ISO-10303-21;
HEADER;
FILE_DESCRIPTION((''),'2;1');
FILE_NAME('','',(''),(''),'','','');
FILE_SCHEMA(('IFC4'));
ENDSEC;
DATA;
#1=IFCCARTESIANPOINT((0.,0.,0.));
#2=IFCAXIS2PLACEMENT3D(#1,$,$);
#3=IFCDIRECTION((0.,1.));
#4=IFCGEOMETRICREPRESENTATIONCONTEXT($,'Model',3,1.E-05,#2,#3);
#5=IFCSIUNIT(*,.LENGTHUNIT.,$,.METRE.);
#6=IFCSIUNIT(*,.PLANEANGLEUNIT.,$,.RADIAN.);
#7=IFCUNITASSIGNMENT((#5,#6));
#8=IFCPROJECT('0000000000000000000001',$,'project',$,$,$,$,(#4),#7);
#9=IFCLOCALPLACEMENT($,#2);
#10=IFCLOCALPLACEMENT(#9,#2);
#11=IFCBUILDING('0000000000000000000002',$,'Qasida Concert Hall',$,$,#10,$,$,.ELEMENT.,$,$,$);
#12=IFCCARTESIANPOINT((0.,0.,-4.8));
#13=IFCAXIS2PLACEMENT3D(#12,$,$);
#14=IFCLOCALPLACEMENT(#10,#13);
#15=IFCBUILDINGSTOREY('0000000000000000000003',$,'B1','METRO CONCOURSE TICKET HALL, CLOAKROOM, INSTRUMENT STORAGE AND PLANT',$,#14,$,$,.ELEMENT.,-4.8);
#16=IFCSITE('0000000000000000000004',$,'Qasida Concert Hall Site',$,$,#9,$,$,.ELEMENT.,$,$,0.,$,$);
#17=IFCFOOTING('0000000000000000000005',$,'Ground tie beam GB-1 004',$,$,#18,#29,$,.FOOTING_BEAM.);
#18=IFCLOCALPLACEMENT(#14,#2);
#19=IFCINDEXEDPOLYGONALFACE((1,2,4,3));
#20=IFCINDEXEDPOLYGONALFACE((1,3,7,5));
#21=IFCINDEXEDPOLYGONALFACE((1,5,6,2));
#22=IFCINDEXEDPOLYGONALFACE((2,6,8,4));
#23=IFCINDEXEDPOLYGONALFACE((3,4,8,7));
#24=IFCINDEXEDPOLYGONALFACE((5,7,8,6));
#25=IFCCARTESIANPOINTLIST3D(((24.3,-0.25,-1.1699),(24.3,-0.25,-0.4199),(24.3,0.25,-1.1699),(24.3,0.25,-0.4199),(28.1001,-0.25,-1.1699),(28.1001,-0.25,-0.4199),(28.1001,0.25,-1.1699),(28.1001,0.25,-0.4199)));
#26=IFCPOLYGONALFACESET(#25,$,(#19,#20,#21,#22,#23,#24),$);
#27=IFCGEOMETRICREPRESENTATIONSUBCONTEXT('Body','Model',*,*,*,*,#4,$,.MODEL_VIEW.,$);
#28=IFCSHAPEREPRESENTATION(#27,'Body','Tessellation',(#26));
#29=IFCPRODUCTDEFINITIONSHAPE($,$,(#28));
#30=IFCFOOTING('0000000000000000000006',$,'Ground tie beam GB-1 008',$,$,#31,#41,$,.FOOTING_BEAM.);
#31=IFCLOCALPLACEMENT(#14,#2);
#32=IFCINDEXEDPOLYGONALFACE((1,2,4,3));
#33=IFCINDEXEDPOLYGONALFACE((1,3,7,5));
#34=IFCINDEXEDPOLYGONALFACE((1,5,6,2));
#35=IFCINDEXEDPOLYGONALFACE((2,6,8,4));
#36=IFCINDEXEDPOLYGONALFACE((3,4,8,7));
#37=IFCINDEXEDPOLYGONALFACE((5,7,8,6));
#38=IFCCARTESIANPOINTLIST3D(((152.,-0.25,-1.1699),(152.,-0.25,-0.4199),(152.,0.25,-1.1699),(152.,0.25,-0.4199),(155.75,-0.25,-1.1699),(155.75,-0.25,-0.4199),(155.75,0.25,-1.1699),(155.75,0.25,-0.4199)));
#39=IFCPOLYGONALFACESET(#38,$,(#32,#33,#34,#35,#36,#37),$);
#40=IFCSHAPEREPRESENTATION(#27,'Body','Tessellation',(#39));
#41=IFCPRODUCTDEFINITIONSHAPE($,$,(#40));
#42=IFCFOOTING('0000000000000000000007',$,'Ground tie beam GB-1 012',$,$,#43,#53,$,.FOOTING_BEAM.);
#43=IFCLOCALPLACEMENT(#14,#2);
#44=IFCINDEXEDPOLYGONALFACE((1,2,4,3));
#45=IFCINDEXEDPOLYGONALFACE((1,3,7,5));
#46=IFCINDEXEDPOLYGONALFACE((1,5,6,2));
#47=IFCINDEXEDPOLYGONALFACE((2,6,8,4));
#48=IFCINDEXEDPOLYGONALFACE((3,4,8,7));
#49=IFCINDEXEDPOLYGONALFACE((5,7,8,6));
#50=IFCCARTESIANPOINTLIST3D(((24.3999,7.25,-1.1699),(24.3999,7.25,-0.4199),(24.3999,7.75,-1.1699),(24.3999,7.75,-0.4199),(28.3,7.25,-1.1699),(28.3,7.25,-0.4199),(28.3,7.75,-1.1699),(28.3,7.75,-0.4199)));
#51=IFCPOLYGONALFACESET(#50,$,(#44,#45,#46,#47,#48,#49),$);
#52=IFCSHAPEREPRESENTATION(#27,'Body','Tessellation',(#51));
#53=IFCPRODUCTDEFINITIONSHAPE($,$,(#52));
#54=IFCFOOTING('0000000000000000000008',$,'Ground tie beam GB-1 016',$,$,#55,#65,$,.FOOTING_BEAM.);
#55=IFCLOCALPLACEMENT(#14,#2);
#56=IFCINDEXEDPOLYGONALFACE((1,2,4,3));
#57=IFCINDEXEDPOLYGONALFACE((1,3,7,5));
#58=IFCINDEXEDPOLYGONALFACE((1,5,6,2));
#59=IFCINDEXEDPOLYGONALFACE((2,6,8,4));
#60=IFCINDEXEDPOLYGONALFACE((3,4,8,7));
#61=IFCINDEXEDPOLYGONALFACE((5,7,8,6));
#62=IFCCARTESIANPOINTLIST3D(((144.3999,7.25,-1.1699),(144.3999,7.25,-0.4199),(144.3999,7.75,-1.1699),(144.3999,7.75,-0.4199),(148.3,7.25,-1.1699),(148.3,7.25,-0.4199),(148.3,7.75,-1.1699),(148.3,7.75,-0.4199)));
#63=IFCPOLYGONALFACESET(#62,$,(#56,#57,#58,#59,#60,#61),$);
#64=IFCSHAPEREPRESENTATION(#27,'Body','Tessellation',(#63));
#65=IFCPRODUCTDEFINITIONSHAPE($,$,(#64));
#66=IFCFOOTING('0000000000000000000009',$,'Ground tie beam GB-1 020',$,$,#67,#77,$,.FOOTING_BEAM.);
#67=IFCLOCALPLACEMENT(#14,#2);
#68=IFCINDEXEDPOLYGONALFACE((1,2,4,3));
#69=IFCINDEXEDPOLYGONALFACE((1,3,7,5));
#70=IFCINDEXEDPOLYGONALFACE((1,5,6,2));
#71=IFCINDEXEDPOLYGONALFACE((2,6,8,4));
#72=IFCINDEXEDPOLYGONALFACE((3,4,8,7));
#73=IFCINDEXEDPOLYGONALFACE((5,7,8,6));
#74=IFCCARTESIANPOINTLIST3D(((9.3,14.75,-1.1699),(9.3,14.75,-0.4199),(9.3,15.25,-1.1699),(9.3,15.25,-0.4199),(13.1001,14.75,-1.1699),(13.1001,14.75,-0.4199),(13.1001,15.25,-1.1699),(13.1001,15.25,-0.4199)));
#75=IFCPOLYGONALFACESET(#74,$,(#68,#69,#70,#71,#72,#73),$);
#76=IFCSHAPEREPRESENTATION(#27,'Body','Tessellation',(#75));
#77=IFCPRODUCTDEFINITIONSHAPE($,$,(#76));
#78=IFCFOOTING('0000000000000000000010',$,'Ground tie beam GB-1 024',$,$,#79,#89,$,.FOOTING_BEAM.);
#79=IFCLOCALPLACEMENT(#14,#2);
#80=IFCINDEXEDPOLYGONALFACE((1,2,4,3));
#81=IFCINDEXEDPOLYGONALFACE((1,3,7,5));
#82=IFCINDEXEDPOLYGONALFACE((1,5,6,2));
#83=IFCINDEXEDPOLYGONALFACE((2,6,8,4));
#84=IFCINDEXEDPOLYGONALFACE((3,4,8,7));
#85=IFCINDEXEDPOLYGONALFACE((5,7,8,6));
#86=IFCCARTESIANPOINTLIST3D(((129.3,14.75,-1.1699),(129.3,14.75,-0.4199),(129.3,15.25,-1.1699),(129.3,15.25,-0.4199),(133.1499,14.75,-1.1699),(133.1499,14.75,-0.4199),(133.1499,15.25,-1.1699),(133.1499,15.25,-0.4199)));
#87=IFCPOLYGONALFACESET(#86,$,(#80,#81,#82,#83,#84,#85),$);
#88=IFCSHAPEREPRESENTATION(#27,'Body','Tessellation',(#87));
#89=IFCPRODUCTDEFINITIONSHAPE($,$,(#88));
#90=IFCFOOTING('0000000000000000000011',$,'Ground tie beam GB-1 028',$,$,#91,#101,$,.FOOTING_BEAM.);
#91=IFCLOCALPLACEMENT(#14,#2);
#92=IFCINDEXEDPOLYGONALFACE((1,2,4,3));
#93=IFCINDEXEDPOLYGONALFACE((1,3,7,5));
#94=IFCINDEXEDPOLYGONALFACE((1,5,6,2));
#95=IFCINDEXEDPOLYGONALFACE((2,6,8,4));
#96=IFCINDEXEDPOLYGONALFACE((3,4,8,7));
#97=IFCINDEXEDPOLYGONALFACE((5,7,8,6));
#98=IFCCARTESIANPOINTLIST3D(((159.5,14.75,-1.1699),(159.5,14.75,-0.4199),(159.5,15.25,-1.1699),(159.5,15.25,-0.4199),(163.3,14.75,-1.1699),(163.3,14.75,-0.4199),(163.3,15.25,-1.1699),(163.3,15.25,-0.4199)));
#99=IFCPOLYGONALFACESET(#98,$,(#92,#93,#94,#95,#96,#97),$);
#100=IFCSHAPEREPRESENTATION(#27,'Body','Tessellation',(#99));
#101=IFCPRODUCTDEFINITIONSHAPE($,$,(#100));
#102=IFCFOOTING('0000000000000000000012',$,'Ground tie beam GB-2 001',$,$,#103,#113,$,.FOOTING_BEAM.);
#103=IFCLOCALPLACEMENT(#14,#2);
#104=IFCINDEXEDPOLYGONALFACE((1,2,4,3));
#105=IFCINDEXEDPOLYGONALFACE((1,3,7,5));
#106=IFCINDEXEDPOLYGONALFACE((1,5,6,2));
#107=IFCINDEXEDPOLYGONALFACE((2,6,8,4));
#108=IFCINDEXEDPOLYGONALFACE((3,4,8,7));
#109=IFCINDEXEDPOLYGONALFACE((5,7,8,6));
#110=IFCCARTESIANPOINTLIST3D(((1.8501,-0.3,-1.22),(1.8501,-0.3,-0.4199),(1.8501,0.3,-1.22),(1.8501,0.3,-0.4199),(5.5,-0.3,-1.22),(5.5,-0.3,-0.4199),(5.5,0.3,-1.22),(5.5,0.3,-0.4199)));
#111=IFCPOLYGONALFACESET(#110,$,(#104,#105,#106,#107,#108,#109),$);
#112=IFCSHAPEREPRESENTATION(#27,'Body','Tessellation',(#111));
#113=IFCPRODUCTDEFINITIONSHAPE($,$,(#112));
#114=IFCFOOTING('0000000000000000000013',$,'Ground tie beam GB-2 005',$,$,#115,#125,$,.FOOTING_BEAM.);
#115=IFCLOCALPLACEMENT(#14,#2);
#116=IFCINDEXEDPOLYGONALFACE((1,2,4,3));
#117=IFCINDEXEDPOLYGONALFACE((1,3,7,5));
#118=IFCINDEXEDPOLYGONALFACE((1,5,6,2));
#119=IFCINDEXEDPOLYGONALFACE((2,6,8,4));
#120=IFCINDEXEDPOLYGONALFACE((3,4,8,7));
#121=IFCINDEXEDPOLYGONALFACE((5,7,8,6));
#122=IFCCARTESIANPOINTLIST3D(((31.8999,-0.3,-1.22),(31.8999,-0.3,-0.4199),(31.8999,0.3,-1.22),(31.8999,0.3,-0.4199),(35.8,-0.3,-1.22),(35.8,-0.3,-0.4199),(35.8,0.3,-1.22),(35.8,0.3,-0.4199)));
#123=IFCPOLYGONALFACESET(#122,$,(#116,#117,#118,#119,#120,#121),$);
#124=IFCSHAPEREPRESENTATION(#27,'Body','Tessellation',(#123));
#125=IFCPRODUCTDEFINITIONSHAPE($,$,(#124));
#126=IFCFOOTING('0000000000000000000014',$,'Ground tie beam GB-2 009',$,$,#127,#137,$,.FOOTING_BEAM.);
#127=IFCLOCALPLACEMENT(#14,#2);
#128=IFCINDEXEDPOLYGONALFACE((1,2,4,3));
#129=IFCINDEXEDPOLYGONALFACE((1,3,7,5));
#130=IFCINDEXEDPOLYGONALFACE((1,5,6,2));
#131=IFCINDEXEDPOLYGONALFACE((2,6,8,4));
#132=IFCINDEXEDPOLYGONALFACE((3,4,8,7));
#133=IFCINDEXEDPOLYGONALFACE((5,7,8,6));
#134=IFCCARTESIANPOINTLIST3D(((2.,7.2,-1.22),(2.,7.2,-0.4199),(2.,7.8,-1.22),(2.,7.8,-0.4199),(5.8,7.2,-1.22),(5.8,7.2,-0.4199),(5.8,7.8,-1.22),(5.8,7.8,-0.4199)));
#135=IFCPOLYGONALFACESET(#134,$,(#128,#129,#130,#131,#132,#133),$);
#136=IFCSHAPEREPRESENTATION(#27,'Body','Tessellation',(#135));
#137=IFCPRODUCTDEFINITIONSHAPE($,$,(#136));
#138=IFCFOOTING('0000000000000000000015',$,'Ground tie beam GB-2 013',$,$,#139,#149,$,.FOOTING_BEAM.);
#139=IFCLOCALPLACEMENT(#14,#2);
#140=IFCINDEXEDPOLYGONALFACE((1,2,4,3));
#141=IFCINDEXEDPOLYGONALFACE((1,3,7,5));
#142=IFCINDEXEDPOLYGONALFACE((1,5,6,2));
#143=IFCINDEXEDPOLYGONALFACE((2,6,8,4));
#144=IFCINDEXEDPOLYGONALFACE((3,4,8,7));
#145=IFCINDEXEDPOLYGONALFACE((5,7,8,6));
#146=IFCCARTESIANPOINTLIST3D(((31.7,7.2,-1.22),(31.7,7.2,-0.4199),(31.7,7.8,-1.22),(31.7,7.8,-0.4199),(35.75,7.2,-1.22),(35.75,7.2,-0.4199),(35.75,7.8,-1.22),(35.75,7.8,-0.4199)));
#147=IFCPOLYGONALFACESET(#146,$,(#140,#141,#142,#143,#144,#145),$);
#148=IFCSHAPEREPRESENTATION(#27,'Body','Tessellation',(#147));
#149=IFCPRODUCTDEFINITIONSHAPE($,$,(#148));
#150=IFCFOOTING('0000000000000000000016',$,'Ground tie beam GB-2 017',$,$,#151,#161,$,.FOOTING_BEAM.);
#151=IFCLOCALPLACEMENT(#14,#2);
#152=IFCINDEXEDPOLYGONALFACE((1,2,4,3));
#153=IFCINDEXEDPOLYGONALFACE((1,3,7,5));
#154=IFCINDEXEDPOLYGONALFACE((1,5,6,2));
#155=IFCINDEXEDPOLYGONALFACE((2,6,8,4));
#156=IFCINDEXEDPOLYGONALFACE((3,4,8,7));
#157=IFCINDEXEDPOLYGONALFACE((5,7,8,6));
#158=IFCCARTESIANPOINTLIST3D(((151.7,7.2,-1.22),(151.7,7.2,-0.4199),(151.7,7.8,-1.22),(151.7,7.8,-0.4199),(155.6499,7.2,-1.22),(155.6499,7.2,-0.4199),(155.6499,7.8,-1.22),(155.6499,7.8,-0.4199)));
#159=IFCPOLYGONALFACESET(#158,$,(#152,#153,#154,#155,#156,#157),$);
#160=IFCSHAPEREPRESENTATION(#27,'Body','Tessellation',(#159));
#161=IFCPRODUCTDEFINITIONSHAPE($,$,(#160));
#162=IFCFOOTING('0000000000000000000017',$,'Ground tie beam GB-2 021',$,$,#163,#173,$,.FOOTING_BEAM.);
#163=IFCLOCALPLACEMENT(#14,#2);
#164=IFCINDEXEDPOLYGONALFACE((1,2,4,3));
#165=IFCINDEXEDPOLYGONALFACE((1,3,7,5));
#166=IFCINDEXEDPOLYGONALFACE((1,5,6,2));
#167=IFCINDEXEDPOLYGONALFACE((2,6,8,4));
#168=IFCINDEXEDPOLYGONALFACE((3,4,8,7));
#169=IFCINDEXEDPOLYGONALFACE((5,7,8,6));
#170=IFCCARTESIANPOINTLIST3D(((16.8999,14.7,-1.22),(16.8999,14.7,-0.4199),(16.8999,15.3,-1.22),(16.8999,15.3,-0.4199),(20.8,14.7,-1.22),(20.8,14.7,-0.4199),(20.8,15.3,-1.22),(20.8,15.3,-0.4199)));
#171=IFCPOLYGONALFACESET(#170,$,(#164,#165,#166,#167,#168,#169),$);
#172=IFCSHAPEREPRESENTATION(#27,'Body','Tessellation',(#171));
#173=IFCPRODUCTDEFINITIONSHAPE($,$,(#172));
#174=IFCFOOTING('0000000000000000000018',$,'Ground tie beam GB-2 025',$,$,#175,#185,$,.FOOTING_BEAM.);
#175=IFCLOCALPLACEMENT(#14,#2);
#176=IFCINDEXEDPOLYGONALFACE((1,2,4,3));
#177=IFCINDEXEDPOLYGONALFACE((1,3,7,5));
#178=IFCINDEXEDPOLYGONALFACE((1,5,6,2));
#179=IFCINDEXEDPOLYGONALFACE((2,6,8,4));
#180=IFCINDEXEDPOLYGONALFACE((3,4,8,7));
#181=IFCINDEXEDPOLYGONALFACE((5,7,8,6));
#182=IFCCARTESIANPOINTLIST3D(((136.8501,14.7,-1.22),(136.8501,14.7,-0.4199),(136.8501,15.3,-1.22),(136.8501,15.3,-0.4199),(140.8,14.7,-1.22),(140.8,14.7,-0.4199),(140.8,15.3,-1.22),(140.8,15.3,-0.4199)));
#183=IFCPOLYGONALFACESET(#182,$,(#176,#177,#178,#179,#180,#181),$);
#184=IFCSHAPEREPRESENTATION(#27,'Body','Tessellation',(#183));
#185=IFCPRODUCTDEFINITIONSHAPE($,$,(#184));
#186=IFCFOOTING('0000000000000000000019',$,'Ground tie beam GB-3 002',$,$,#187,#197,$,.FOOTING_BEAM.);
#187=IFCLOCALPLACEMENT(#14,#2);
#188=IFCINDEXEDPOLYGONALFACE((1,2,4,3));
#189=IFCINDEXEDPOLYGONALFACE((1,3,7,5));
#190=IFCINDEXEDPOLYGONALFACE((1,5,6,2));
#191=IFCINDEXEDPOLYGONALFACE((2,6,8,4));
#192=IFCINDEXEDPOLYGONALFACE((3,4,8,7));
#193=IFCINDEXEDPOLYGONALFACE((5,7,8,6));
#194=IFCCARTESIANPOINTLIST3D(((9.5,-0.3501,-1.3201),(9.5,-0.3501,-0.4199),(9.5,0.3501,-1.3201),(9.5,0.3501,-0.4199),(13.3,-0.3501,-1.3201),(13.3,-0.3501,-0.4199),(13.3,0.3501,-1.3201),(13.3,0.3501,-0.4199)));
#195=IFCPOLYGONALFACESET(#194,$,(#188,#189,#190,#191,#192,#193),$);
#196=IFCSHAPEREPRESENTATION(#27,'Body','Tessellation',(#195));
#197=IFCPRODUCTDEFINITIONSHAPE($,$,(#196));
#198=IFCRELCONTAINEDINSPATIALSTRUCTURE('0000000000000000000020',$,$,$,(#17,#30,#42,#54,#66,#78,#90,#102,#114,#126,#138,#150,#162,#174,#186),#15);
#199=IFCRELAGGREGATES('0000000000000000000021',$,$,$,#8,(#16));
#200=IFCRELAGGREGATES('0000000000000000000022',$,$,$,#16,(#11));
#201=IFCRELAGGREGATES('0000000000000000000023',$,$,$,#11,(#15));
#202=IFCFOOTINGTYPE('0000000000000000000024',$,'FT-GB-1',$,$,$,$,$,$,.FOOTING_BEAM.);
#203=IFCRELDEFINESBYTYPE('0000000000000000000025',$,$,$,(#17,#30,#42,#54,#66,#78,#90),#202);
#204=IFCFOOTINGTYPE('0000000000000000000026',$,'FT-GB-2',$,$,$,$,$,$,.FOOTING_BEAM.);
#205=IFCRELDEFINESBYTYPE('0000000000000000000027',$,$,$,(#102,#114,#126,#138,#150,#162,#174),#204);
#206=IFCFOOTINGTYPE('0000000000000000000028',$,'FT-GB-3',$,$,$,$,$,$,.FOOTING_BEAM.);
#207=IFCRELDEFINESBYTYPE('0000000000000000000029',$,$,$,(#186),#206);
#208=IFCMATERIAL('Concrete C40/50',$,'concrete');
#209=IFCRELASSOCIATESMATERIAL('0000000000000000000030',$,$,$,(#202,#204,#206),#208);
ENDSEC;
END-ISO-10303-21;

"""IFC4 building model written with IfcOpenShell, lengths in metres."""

from ifc_helpers import new_model, si_unit, direction, frame, origin, place, context, subcontext, project, spatial, polyline, outline, extrude, material, type_object, element, save


model = new_model("IFC4")

# Units and contexts
model_context = context("Model", 3, precision=1e-05, world=origin(), true_north=direction((0.0, 1.0)))
body_context = subcontext(model_context, "Body", "Model", "MODEL_VIEW")
ifc_project = project(units=[si_unit("LENGTHUNIT", "METRE"), si_unit("PLANEANGLEUNIT", "RADIAN")], contexts=[model_context])

# Site, building, storey
site_placement = place(None, origin())
site = spatial("IfcSite", under=ifc_project, at=site_placement, Name="Qasida Concert Hall Site", CompositionType="ELEMENT", RefElevation=0.0)
building_placement = place(site_placement, origin())
building = spatial("IfcBuilding", under=site, at=building_placement, Name="Qasida Concert Hall", CompositionType="ELEMENT")
storey_placement = place(building_placement, frame((0.0, 0.0, -4.8)))
storey = spatial("IfcBuildingStorey", under=building, at=storey_placement, Name="B1", Description="METRO CONCOURSE TICKET HALL, CLOAKROOM, INSTRUMENT STORAGE AND PLANT", CompositionType="ELEMENT", Elevation=-4.8)

# Footings
ifc_material = material(Name="Concrete C40/50", Category="concrete")
footing_type_1 = type_object("IfcFootingType", Name="FT-GB-1", PredefinedType="FOOTING_BEAM", material=ifc_material)
footing_1_placement = place(storey_placement, frame((0.0, 0.0, -1.1699)))
element("IfcFooting", 1, at=footing_1_placement, inside=storey, type_object=footing_type_1, Name="Ground tie beam GB-1 004", PredefinedType="FOOTING_BEAM", context=body_context, shape_type="SweptSolid", body=[
    extrude(outline(polyline([(24.3, -0.25), (28.1001, -0.25), (28.1001, 0.25), (24.3, 0.25), (24.3, -0.25)])), origin(), (0.0, 0.0, 1.0), 0.75),
])
footing_2_placement = place(storey_placement, frame((0.0, 0.0, -1.1699)))
element("IfcFooting", 2, at=footing_2_placement, inside=storey, type_object=footing_type_1, Name="Ground tie beam GB-1 008", PredefinedType="FOOTING_BEAM", context=body_context, shape_type="SweptSolid", body=[
    extrude(outline(polyline([(152.0, -0.25), (155.75, -0.25), (155.75, 0.25), (152.0, 0.25), (152.0, -0.25)])), origin(), (0.0, 0.0, 1.0), 0.75),
])
footing_3_placement = place(storey_placement, frame((0.0, 0.0, -1.1699)))
element("IfcFooting", 3, at=footing_3_placement, inside=storey, type_object=footing_type_1, Name="Ground tie beam GB-1 012", PredefinedType="FOOTING_BEAM", context=body_context, shape_type="SweptSolid", body=[
    extrude(outline(polyline([(24.3999, 7.25), (28.3, 7.25), (28.3, 7.75), (24.3999, 7.75), (24.3999, 7.25)])), origin(), (0.0, 0.0, 1.0), 0.75),
])
footing_4_placement = place(storey_placement, frame((0.0, 0.0, -1.1699)))
element("IfcFooting", 4, at=footing_4_placement, inside=storey, type_object=footing_type_1, Name="Ground tie beam GB-1 016", PredefinedType="FOOTING_BEAM", context=body_context, shape_type="SweptSolid", body=[
    extrude(outline(polyline([(144.3999, 7.25), (148.3, 7.25), (148.3, 7.75), (144.3999, 7.75), (144.3999, 7.25)])), origin(), (0.0, 0.0, 1.0), 0.75),
])
footing_5_placement = place(storey_placement, frame((0.0, 0.0, -1.1699)))
element("IfcFooting", 5, at=footing_5_placement, inside=storey, type_object=footing_type_1, Name="Ground tie beam GB-1 020", PredefinedType="FOOTING_BEAM", context=body_context, shape_type="SweptSolid", body=[
    extrude(outline(polyline([(9.3, 14.75), (13.1001, 14.75), (13.1001, 15.25), (9.3, 15.25), (9.3, 14.75)])), origin(), (0.0, 0.0, 1.0), 0.75),
])
footing_6_placement = place(storey_placement, frame((0.0, 0.0, -1.1699)))
element("IfcFooting", 6, at=footing_6_placement, inside=storey, type_object=footing_type_1, Name="Ground tie beam GB-1 024", PredefinedType="FOOTING_BEAM", context=body_context, shape_type="SweptSolid", body=[
    extrude(outline(polyline([(129.3, 14.75), (133.1499, 14.75), (133.1499, 15.25), (129.3, 15.25), (129.3, 14.75)])), origin(), (0.0, 0.0, 1.0), 0.75),
])
footing_7_placement = place(storey_placement, frame((0.0, 0.0, -1.1699)))
element("IfcFooting", 7, at=footing_7_placement, inside=storey, type_object=footing_type_1, Name="Ground tie beam GB-1 028", PredefinedType="FOOTING_BEAM", context=body_context, shape_type="SweptSolid", body=[
    extrude(outline(polyline([(159.5, 14.75), (163.3, 14.75), (163.3, 15.25), (159.5, 15.25), (159.5, 14.75)])), origin(), (0.0, 0.0, 1.0), 0.75),
])
footing_type_2 = type_object("IfcFootingType", Name="FT-GB-2", PredefinedType="FOOTING_BEAM", material=ifc_material)
footing_8_placement = place(storey_placement, frame((0.0, 0.0, -1.22)))
element("IfcFooting", 8, at=footing_8_placement, inside=storey, type_object=footing_type_2, Name="Ground tie beam GB-2 001", PredefinedType="FOOTING_BEAM", context=body_context, shape_type="SweptSolid", body=[
    extrude(outline(polyline([(1.8501, -0.3), (5.5, -0.3), (5.5, 0.3), (1.8501, 0.3), (1.8501, -0.3)])), origin(), (0.0, 0.0, 1.0), 0.8),
])
footing_9_placement = place(storey_placement, frame((0.0, 0.0, -1.22)))
element("IfcFooting", 9, at=footing_9_placement, inside=storey, type_object=footing_type_2, Name="Ground tie beam GB-2 005", PredefinedType="FOOTING_BEAM", context=body_context, shape_type="SweptSolid", body=[
    extrude(outline(polyline([(31.8999, -0.3), (35.8, -0.3), (35.8, 0.3), (31.8999, 0.3), (31.8999, -0.3)])), origin(), (0.0, 0.0, 1.0), 0.8),
])
footing_10_placement = place(storey_placement, frame((0.0, 0.0, -1.22)))
element("IfcFooting", 10, at=footing_10_placement, inside=storey, type_object=footing_type_2, Name="Ground tie beam GB-2 009", PredefinedType="FOOTING_BEAM", context=body_context, shape_type="SweptSolid", body=[
    extrude(outline(polyline([(2.0, 7.2), (5.8, 7.2), (5.8, 7.8), (2.0, 7.8), (2.0, 7.2)])), origin(), (0.0, 0.0, 1.0), 0.8),
])
footing_11_placement = place(storey_placement, frame((0.0, 0.0, -1.22)))
element("IfcFooting", 11, at=footing_11_placement, inside=storey, type_object=footing_type_2, Name="Ground tie beam GB-2 013", PredefinedType="FOOTING_BEAM", context=body_context, shape_type="SweptSolid", body=[
    extrude(outline(polyline([(31.7, 7.2), (35.75, 7.2), (35.75, 7.8), (31.7, 7.8), (31.7, 7.2)])), origin(), (0.0, 0.0, 1.0), 0.8),
])
footing_12_placement = place(storey_placement, frame((0.0, 0.0, -1.22)))
element("IfcFooting", 12, at=footing_12_placement, inside=storey, type_object=footing_type_2, Name="Ground tie beam GB-2 017", PredefinedType="FOOTING_BEAM", context=body_context, shape_type="SweptSolid", body=[
    extrude(outline(polyline([(151.7, 7.2), (155.6499, 7.2), (155.6499, 7.8), (151.7, 7.8), (151.7, 7.2)])), origin(), (0.0, 0.0, 1.0), 0.8),
])
footing_13_placement = place(storey_placement, frame((0.0, 0.0, -1.22)))
element("IfcFooting", 13, at=footing_13_placement, inside=storey, type_object=footing_type_2, Name="Ground tie beam GB-2 021", PredefinedType="FOOTING_BEAM", context=body_context, shape_type="SweptSolid", body=[
    extrude(outline(polyline([(16.8999, 14.7), (20.8, 14.7), (20.8, 15.3), (16.8999, 15.3), (16.8999, 14.7)])), origin(), (0.0, 0.0, 1.0), 0.8),
])
footing_14_placement = place(storey_placement, frame((0.0, 0.0, -1.22)))
element("IfcFooting", 14, at=footing_14_placement, inside=storey, type_object=footing_type_2, Name="Ground tie beam GB-2 025", PredefinedType="FOOTING_BEAM", context=body_context, shape_type="SweptSolid", body=[
    extrude(outline(polyline([(136.8501, 14.7), (140.8, 14.7), (140.8, 15.3), (136.8501, 15.3), (136.8501, 14.7)])), origin(), (0.0, 0.0, 1.0), 0.8),
])
footing_type_3 = type_object("IfcFootingType", Name="FT-GB-3", PredefinedType="FOOTING_BEAM", material=ifc_material)
footing_15_placement = place(storey_placement, frame((0.0, 0.0, -1.3201)))
element("IfcFooting", 15, at=footing_15_placement, inside=storey, type_object=footing_type_3, Name="Ground tie beam GB-3 002", PredefinedType="FOOTING_BEAM", context=body_context, shape_type="SweptSolid", body=[
    extrude(outline(polyline([(9.5, -0.3501), (13.3, -0.3501), (13.3, 0.3501), (9.5, 0.3501), (9.5, -0.3501)])), origin(), (0.0, 0.0, 1.0), 0.9001),
])

save(model, "model.ifc")
